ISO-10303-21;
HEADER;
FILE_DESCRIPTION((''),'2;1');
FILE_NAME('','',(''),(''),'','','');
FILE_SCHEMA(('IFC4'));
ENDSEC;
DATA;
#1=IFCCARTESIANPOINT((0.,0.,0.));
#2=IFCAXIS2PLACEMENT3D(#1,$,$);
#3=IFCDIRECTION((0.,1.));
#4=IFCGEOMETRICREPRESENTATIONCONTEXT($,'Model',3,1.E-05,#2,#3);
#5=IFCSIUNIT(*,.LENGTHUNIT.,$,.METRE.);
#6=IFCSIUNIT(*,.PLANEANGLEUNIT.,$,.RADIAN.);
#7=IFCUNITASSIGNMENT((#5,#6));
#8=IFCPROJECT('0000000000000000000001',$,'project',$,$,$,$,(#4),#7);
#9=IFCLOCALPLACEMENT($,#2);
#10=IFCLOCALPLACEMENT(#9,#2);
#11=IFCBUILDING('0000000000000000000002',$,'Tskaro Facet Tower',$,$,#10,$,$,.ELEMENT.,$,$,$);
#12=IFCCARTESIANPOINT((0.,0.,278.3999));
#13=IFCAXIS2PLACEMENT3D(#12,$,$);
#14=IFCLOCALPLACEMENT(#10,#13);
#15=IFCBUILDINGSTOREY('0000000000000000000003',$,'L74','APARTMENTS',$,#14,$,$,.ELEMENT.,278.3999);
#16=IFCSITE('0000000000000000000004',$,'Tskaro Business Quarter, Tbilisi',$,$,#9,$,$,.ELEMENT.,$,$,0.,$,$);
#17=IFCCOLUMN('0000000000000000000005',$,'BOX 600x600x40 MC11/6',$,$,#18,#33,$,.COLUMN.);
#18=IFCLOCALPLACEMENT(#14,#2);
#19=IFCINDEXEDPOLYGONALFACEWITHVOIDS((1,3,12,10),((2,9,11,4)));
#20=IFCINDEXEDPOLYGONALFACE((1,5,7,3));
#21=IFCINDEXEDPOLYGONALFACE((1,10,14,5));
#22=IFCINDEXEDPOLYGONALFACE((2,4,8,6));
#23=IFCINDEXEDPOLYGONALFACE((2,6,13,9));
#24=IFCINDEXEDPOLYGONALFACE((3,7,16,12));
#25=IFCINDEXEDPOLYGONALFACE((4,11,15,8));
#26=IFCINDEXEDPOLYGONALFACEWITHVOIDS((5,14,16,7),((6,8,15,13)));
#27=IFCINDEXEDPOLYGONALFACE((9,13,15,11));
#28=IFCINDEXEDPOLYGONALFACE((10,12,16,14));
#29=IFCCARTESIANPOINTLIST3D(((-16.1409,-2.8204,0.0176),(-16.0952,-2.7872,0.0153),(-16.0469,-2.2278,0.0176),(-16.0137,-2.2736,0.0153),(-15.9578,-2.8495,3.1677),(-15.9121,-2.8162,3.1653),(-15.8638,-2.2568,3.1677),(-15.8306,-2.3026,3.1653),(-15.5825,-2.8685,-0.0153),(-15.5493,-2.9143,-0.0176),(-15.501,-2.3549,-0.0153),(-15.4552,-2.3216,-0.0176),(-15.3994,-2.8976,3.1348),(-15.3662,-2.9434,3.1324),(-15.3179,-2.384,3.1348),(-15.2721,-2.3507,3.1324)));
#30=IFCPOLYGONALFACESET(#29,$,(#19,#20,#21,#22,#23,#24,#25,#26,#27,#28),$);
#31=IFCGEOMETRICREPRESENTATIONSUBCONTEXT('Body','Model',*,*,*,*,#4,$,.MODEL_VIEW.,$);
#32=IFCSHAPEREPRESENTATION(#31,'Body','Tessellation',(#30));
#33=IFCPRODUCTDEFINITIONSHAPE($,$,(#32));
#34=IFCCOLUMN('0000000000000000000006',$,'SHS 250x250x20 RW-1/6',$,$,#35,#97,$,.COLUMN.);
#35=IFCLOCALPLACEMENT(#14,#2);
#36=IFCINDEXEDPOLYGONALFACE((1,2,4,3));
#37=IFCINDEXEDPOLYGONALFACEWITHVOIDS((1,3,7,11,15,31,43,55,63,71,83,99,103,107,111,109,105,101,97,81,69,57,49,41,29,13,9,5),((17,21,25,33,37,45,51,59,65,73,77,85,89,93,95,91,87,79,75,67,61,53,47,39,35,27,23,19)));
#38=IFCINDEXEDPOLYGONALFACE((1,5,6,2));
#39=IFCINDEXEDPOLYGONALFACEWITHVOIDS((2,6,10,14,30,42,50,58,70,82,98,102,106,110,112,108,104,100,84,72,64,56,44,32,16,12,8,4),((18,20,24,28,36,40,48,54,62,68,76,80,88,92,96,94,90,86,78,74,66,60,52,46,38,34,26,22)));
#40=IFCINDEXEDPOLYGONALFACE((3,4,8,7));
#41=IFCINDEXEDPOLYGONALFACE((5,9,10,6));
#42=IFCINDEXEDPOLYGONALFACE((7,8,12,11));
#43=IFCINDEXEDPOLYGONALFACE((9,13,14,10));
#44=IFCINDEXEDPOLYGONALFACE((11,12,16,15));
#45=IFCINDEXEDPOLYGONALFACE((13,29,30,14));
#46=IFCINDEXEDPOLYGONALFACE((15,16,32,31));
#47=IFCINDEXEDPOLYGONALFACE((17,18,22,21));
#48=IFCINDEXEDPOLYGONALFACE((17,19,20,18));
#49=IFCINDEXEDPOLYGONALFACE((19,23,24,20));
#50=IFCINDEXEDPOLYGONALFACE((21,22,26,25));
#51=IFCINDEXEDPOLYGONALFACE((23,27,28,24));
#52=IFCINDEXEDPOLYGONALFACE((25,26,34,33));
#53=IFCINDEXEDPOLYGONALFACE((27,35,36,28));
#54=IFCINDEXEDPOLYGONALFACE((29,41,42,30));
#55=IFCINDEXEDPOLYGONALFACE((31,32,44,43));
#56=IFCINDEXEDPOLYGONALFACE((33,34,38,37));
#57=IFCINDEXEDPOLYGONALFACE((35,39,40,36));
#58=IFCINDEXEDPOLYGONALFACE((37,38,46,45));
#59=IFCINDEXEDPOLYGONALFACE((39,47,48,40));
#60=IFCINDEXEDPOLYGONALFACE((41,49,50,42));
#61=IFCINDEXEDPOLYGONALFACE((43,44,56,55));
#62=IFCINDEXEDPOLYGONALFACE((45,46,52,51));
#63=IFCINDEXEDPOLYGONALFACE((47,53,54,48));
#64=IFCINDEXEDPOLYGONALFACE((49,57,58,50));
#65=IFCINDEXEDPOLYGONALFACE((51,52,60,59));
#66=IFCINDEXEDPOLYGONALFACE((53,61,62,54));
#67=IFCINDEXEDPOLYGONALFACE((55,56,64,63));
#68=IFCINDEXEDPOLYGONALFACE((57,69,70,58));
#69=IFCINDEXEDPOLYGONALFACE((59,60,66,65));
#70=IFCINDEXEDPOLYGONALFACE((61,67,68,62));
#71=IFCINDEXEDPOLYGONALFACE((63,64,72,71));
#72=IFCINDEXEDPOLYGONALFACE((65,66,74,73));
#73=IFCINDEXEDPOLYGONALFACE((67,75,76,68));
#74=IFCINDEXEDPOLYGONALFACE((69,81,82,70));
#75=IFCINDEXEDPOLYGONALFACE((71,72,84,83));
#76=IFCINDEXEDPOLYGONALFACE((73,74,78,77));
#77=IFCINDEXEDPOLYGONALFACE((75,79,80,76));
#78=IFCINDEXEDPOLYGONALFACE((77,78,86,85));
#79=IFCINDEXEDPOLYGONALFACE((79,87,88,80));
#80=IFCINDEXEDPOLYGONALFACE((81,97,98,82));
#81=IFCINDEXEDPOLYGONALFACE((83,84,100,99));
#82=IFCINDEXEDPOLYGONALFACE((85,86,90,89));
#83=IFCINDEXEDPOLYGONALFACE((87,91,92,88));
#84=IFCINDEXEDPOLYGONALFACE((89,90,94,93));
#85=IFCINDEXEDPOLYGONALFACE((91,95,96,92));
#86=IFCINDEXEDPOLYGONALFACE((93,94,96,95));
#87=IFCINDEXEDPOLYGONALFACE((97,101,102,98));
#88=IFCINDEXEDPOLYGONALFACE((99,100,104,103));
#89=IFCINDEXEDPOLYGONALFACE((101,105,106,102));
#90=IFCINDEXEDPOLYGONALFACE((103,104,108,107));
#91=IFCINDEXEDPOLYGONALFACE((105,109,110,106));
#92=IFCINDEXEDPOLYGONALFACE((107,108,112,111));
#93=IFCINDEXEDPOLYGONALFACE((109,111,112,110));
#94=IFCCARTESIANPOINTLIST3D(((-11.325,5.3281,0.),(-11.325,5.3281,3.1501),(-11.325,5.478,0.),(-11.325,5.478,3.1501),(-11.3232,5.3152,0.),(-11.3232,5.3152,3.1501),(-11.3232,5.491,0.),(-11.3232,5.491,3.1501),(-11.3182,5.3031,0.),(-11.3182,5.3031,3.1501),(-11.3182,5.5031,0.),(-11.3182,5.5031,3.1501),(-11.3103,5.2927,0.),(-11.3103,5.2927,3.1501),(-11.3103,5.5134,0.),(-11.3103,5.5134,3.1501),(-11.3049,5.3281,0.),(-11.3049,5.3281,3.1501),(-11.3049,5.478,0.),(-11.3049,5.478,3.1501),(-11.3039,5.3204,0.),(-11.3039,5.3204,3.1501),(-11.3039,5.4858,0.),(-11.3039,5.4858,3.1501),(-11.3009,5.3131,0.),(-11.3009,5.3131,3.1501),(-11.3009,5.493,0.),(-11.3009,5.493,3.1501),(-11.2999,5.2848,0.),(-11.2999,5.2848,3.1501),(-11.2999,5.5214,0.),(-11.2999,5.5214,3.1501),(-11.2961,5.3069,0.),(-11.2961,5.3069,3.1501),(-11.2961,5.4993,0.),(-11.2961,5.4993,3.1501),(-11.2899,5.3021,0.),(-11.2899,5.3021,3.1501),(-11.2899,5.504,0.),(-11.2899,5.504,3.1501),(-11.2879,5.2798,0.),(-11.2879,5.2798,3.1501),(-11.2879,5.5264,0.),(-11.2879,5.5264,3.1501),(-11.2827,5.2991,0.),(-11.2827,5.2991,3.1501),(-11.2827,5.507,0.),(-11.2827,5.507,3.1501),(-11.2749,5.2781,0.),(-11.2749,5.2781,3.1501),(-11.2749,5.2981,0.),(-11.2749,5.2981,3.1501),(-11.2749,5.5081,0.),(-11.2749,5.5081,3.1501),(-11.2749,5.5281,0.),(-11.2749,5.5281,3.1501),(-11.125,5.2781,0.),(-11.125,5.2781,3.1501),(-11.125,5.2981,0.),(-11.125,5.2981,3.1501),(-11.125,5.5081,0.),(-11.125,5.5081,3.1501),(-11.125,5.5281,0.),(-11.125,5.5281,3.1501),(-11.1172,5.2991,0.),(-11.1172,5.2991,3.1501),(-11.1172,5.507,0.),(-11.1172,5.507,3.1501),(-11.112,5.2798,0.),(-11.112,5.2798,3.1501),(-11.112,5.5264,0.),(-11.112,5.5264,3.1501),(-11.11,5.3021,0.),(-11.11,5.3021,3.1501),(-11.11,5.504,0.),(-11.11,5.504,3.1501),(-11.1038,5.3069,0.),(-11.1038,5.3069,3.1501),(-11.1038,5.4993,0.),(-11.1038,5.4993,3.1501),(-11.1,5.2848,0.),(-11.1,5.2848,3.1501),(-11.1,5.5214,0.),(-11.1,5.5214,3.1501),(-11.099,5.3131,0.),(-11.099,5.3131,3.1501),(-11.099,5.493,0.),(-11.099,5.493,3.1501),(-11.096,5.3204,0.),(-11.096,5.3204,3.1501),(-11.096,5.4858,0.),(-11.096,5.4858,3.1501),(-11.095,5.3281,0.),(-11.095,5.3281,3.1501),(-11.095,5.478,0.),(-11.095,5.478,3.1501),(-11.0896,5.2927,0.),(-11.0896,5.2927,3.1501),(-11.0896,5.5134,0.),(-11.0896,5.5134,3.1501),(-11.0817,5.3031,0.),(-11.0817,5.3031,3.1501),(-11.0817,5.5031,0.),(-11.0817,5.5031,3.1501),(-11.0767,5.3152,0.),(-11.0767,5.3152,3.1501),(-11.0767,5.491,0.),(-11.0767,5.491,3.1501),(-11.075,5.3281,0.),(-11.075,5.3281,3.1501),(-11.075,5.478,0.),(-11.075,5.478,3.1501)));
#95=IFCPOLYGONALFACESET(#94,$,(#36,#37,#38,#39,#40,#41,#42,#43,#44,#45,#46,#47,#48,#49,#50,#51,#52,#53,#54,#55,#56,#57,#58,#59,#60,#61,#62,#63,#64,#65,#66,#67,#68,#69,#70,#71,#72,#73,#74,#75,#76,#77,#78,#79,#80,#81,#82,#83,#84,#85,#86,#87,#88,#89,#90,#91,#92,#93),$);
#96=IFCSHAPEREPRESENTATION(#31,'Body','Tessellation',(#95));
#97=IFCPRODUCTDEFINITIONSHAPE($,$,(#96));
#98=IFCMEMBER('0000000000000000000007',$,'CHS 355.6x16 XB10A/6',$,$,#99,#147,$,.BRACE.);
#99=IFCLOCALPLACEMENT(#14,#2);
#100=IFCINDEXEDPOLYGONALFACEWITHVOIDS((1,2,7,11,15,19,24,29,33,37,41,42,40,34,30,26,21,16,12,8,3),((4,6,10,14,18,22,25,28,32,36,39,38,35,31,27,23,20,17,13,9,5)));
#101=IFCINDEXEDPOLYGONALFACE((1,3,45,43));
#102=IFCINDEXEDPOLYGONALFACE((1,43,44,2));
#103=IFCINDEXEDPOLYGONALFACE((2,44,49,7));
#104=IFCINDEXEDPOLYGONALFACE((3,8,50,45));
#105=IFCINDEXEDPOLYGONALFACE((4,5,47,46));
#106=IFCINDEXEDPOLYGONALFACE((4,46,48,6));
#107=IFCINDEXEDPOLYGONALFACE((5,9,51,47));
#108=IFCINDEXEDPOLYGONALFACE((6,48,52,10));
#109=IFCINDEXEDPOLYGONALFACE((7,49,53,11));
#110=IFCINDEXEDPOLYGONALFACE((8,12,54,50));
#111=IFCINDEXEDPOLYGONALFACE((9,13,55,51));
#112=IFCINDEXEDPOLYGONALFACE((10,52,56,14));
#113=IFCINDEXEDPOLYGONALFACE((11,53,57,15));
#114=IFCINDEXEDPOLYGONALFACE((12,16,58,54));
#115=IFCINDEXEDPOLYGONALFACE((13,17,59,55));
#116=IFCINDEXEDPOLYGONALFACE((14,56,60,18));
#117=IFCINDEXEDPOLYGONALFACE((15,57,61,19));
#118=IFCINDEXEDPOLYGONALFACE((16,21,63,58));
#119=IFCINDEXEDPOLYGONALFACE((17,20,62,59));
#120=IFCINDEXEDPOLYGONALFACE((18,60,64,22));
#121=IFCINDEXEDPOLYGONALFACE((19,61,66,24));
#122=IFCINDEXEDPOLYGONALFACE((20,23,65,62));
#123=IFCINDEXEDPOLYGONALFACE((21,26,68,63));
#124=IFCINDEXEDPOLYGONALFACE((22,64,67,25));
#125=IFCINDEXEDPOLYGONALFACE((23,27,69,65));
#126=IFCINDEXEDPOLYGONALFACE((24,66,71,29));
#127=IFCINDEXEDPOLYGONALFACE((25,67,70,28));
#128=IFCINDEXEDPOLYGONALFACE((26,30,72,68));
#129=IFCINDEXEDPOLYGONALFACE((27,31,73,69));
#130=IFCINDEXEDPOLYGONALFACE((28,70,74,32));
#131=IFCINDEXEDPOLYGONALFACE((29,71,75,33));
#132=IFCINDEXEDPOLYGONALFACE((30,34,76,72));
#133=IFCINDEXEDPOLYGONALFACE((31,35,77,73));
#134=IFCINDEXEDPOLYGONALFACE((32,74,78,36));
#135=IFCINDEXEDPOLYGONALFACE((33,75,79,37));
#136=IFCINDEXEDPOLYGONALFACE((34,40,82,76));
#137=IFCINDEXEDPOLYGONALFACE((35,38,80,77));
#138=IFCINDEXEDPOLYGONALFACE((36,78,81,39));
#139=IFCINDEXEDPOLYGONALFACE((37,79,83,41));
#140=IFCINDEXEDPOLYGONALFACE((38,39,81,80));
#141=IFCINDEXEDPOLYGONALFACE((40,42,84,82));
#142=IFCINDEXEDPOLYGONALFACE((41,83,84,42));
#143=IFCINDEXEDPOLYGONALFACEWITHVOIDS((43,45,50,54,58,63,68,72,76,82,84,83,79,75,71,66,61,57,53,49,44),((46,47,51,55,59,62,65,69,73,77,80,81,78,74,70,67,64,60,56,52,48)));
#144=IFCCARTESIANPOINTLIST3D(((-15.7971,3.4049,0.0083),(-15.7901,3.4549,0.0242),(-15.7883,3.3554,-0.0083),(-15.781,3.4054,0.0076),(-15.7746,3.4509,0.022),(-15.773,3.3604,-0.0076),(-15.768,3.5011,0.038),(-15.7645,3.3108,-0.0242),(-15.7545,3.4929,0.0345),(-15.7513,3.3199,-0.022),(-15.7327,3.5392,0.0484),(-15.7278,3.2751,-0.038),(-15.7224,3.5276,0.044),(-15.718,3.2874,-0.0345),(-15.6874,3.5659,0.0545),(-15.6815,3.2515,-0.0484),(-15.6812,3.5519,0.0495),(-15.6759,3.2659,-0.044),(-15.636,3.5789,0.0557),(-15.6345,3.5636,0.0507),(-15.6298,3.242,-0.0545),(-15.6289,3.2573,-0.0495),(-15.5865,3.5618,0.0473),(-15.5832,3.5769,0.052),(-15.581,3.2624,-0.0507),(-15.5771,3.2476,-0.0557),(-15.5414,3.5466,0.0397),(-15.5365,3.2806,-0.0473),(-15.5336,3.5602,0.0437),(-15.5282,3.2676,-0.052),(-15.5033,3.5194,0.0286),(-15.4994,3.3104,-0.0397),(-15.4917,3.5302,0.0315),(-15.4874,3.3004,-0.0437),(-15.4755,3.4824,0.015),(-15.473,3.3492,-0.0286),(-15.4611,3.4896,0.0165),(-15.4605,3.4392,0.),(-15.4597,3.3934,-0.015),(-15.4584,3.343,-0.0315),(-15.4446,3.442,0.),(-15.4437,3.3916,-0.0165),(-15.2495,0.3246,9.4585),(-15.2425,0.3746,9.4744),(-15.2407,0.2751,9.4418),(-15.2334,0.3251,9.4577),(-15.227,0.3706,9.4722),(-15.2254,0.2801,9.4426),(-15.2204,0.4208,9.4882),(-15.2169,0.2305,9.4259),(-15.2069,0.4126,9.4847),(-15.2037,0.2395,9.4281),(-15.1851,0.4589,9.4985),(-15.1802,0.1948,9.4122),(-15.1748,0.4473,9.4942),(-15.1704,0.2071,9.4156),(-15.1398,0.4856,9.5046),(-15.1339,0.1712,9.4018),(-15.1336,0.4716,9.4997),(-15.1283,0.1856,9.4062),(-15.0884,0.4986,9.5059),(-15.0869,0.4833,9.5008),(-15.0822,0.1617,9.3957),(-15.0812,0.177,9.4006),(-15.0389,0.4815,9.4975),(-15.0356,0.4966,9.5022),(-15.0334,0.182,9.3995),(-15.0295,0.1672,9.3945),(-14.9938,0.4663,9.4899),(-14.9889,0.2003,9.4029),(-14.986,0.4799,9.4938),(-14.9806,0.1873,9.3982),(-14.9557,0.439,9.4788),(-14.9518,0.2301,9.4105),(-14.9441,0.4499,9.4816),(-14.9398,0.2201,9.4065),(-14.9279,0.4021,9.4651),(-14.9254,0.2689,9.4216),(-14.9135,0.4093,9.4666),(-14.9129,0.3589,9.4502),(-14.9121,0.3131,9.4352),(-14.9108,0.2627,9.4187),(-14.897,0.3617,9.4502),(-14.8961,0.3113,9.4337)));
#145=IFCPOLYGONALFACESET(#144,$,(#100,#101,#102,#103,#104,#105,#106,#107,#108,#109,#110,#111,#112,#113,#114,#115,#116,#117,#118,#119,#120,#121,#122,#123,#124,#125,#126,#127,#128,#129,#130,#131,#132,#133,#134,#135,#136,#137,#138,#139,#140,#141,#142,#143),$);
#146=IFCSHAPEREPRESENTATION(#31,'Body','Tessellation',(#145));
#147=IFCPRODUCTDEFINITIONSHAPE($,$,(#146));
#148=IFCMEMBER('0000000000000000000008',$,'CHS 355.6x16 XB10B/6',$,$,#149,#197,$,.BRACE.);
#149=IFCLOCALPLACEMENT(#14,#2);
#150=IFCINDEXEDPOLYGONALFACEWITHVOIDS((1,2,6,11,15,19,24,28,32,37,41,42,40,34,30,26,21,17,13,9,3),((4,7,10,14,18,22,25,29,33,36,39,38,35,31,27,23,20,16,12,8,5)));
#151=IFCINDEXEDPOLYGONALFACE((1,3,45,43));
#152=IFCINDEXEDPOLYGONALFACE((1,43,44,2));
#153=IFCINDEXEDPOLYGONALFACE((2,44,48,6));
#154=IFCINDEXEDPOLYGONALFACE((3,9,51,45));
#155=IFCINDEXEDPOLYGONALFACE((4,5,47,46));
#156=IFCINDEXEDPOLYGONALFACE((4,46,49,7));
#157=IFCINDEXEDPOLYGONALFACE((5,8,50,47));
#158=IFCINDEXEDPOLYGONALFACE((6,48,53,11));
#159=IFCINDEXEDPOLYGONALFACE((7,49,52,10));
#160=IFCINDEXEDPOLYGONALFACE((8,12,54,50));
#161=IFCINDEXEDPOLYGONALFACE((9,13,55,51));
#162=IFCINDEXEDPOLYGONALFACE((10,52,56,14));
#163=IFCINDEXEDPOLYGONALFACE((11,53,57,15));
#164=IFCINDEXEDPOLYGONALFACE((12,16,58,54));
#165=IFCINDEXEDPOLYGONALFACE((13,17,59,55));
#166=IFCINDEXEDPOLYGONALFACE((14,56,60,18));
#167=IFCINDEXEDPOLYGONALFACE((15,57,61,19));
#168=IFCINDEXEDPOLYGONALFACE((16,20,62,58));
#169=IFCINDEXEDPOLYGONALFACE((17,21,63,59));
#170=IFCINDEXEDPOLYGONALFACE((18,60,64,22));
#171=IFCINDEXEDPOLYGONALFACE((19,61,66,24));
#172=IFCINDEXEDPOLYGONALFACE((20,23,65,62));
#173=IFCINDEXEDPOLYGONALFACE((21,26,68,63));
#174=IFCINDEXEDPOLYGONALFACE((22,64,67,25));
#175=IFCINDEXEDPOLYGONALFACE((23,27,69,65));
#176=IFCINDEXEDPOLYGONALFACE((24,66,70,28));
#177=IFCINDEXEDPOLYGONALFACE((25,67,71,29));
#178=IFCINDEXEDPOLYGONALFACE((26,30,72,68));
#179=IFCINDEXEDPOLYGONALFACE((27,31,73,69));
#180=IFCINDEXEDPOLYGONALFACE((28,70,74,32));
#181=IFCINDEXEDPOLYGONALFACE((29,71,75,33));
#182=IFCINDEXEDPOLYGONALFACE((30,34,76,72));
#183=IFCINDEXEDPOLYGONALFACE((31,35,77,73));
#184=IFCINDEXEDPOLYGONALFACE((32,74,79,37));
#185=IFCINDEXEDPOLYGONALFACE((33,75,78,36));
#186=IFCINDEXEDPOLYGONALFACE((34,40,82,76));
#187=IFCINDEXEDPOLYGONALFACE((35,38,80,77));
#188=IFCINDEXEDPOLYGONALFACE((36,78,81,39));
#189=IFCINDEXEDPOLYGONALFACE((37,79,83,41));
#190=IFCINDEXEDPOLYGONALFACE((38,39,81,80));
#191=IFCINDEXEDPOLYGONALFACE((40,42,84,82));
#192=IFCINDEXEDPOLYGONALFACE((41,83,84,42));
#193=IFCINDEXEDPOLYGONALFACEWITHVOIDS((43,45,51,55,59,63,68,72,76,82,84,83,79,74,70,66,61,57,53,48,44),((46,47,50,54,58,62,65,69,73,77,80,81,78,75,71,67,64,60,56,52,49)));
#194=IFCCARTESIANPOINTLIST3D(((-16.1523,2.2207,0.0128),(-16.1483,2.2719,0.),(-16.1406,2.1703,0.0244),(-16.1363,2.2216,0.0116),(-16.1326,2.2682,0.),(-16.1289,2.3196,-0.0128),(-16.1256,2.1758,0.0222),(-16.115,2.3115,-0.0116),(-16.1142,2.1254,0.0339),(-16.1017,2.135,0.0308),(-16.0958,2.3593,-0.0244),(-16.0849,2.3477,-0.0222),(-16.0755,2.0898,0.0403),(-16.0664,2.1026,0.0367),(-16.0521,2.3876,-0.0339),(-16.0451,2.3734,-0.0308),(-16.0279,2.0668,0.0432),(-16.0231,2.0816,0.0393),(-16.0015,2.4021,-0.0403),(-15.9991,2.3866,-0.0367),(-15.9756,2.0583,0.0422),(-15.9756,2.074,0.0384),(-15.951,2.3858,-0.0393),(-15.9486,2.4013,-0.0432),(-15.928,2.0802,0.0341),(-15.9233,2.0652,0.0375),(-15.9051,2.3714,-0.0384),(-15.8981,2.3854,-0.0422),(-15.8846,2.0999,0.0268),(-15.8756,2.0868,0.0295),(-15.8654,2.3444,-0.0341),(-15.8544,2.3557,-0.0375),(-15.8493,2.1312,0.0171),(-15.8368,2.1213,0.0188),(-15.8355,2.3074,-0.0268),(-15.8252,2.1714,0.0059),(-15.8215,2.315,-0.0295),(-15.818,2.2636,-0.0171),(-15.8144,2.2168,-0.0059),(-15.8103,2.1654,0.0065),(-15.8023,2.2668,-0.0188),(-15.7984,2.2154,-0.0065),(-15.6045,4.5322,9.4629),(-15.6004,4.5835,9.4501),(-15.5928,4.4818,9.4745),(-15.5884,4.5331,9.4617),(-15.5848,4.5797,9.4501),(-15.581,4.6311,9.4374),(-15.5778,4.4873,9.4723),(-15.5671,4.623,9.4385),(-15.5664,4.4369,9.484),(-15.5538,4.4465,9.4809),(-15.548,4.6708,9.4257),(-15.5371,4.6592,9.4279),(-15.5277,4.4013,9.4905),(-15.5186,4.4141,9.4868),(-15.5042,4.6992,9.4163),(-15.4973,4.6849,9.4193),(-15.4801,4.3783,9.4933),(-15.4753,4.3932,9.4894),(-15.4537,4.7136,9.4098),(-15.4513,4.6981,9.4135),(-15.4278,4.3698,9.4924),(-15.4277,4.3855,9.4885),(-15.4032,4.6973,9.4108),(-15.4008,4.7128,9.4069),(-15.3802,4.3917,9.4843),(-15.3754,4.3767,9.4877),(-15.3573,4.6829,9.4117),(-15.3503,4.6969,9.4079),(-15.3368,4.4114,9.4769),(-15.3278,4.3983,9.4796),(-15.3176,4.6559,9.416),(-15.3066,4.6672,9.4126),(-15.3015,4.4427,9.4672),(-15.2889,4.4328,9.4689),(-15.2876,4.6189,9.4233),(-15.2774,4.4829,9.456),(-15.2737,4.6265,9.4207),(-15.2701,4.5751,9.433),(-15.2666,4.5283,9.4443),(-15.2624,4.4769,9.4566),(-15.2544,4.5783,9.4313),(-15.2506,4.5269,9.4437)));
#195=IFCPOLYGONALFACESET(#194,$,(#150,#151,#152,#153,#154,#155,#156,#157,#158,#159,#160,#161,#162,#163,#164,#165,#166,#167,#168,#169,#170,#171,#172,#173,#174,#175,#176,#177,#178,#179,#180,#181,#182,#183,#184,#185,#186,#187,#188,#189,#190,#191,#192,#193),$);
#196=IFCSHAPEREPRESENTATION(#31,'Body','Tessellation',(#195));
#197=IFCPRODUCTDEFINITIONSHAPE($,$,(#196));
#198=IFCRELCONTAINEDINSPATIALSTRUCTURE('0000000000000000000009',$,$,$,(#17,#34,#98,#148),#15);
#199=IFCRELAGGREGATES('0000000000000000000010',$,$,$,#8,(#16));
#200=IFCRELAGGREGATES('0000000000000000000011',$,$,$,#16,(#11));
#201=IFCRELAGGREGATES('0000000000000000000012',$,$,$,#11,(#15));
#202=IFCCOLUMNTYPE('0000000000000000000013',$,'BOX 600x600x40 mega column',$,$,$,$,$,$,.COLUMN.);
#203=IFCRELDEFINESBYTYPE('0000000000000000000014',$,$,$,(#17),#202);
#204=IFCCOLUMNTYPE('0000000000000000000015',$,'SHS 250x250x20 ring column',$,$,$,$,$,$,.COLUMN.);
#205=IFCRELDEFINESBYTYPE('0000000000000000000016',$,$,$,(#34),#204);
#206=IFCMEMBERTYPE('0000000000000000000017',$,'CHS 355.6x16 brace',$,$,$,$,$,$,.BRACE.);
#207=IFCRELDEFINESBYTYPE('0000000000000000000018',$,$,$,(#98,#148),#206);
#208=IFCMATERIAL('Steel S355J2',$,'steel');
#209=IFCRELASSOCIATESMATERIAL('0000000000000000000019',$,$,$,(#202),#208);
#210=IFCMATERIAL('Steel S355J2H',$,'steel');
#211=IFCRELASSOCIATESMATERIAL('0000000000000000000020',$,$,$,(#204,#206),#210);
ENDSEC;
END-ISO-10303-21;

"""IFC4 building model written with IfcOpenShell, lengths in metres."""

from ifc_helpers import new_model, si_unit, direction, frame, origin, origin_2d, place, context, subcontext, project, spatial, hollow_rectangle, hollow_circle, extrude, material, material_profile, profile_set, type_object, element, save


model = new_model("IFC4")

# Units and contexts
model_context = context("Model", 3, precision=1e-05, world=origin(), true_north=direction((0.0, 1.0)))
body_context = subcontext(model_context, "Body", "Model", "MODEL_VIEW")
ifc_project = project(units=[si_unit("LENGTHUNIT", "METRE"), si_unit("PLANEANGLEUNIT", "RADIAN")], contexts=[model_context])

# Site, building, storey
site_placement = place(None, origin())
site = spatial("IfcSite", under=ifc_project, at=site_placement, Name="Tskaro Business Quarter, Tbilisi", CompositionType="ELEMENT", RefElevation=0.0)
building_placement = place(site_placement, origin())
building = spatial("IfcBuilding", under=site, at=building_placement, Name="Tskaro Facet Tower", CompositionType="ELEMENT")
storey_placement = place(building_placement, frame((0.0, 0.0, 278.3999)))
storey = spatial("IfcBuildingStorey", under=building, at=storey_placement, Name="L74", Description="APARTMENTS", CompositionType="ELEMENT", Elevation=278.3999)

# Columns
ifc_material_1 = material(Name="Steel S355J2", Category="steel")
ifc_material_profile_1 = material_profile(ifc_material_1, hollow_rectangle(XDim=0.6001, YDim=0.6001, WallThickness=0.04, at=origin_2d()), Name="BOX 600x600x40")
ifc_profile_set_1 = profile_set([ifc_material_profile_1], Name="Steel S355J2")
column_type_1 = type_object("IfcColumnType", Name="BOX 600x600x40 mega column", PredefinedType="COLUMN", material=ifc_profile_set_1)
column_1_placement = place(storey_placement, frame((-15.7981, -2.571, 0.0), z_axis=(0.058026, -0.009207, 0.998273), x_axis=(0.156706, 0.987645, 0.0)))
element("IfcColumn", 1, at=column_1_placement, inside=storey, type_object=column_type_1, Name="BOX 600x600x40 MC11/6", PredefinedType="COLUMN", context=body_context, shape_type="SweptSolid", body=[
    extrude(hollow_rectangle(XDim=0.6001, YDim=0.6001, WallThickness=0.04, at=origin_2d()), origin(), (0.0, 0.0, 1.0), 3.1555),
])
ifc_material_2 = material(Name="Steel S355J2H", Category="steel")
ifc_material_profile_2 = material_profile(ifc_material_2, hollow_rectangle(XDim=0.25, YDim=0.25, WallThickness=0.02, InnerFilletRadius=0.03, OuterFilletRadius=0.05, at=origin_2d()), Name="SHS 250x250x20")
ifc_profile_set_2 = profile_set([ifc_material_profile_2], Name="Steel S355J2H")
column_type_2 = type_object("IfcColumnType", Name="SHS 250x250x20 ring column", PredefinedType="COLUMN", material=ifc_profile_set_2)
column_2_placement = place(storey_placement, frame((-11.2, 5.4031, 0.0), z_axis=(0.0, 0.0, 1.0), x_axis=(1.0, 0.0, 0.0)))
element("IfcColumn", 2, at=column_2_placement, inside=storey, type_object=column_type_2, Name="SHS 250x250x20 RW-1/6", PredefinedType="COLUMN", context=body_context, shape_type="SweptSolid", body=[
    extrude(hollow_rectangle(XDim=0.25, YDim=0.25, WallThickness=0.02, InnerFilletRadius=0.03, OuterFilletRadius=0.05, at=origin_2d()), origin(), (0.0, 0.0, 1.0), 3.1501),
])

# Members
ifc_material_profile_3 = material_profile(ifc_material_2, hollow_circle(Radius=0.1777, WallThickness=0.0161, at=origin_2d()), Name="CHS 355.6x16")
ifc_profile_set_3 = profile_set([ifc_material_profile_3], Name="Steel S355J2H")
member_type_1 = type_object("IfcMemberType", Name="CHS 355.6x16 brace", PredefinedType="BRACE", material=ifc_profile_set_3)
member_1_placement = place(storey_placement, frame((-15.6196, 3.4109, 0.0), z_axis=(0.05501, -0.309436, 0.949328), x_axis=(0.984563, 0.175032, 0.0)))
element("IfcMember", 3, at=member_1_placement, inside=storey, type_object=member_type_1, Name="CHS 355.6x16 XB10A/6", PredefinedType="BRACE", context=body_context, shape_type="SweptSolid", body=[
    extrude(hollow_circle(Radius=0.1777, WallThickness=0.0161, at=origin_2d()), origin(), (0.0, 0.0, 1.0), 9.9546),
])
member_2_placement = place(storey_placement, frame((-15.9753, 2.231, 0.0), z_axis=(0.056223, 0.23722, 0.969828), x_axis=(-0.973044, 0.23062, 0.0)))
element("IfcMember", 4, at=member_2_placement, inside=storey, type_object=member_type_1, Name="CHS 355.6x16 XB10B/6", PredefinedType="BRACE", context=body_context, shape_type="SweptSolid", body=[
    extrude(hollow_circle(Radius=0.1777, WallThickness=0.0161, at=origin_2d()), origin(), (0.0, 0.0, 1.0), 9.7441),
])

save(model, "model.ifc")
